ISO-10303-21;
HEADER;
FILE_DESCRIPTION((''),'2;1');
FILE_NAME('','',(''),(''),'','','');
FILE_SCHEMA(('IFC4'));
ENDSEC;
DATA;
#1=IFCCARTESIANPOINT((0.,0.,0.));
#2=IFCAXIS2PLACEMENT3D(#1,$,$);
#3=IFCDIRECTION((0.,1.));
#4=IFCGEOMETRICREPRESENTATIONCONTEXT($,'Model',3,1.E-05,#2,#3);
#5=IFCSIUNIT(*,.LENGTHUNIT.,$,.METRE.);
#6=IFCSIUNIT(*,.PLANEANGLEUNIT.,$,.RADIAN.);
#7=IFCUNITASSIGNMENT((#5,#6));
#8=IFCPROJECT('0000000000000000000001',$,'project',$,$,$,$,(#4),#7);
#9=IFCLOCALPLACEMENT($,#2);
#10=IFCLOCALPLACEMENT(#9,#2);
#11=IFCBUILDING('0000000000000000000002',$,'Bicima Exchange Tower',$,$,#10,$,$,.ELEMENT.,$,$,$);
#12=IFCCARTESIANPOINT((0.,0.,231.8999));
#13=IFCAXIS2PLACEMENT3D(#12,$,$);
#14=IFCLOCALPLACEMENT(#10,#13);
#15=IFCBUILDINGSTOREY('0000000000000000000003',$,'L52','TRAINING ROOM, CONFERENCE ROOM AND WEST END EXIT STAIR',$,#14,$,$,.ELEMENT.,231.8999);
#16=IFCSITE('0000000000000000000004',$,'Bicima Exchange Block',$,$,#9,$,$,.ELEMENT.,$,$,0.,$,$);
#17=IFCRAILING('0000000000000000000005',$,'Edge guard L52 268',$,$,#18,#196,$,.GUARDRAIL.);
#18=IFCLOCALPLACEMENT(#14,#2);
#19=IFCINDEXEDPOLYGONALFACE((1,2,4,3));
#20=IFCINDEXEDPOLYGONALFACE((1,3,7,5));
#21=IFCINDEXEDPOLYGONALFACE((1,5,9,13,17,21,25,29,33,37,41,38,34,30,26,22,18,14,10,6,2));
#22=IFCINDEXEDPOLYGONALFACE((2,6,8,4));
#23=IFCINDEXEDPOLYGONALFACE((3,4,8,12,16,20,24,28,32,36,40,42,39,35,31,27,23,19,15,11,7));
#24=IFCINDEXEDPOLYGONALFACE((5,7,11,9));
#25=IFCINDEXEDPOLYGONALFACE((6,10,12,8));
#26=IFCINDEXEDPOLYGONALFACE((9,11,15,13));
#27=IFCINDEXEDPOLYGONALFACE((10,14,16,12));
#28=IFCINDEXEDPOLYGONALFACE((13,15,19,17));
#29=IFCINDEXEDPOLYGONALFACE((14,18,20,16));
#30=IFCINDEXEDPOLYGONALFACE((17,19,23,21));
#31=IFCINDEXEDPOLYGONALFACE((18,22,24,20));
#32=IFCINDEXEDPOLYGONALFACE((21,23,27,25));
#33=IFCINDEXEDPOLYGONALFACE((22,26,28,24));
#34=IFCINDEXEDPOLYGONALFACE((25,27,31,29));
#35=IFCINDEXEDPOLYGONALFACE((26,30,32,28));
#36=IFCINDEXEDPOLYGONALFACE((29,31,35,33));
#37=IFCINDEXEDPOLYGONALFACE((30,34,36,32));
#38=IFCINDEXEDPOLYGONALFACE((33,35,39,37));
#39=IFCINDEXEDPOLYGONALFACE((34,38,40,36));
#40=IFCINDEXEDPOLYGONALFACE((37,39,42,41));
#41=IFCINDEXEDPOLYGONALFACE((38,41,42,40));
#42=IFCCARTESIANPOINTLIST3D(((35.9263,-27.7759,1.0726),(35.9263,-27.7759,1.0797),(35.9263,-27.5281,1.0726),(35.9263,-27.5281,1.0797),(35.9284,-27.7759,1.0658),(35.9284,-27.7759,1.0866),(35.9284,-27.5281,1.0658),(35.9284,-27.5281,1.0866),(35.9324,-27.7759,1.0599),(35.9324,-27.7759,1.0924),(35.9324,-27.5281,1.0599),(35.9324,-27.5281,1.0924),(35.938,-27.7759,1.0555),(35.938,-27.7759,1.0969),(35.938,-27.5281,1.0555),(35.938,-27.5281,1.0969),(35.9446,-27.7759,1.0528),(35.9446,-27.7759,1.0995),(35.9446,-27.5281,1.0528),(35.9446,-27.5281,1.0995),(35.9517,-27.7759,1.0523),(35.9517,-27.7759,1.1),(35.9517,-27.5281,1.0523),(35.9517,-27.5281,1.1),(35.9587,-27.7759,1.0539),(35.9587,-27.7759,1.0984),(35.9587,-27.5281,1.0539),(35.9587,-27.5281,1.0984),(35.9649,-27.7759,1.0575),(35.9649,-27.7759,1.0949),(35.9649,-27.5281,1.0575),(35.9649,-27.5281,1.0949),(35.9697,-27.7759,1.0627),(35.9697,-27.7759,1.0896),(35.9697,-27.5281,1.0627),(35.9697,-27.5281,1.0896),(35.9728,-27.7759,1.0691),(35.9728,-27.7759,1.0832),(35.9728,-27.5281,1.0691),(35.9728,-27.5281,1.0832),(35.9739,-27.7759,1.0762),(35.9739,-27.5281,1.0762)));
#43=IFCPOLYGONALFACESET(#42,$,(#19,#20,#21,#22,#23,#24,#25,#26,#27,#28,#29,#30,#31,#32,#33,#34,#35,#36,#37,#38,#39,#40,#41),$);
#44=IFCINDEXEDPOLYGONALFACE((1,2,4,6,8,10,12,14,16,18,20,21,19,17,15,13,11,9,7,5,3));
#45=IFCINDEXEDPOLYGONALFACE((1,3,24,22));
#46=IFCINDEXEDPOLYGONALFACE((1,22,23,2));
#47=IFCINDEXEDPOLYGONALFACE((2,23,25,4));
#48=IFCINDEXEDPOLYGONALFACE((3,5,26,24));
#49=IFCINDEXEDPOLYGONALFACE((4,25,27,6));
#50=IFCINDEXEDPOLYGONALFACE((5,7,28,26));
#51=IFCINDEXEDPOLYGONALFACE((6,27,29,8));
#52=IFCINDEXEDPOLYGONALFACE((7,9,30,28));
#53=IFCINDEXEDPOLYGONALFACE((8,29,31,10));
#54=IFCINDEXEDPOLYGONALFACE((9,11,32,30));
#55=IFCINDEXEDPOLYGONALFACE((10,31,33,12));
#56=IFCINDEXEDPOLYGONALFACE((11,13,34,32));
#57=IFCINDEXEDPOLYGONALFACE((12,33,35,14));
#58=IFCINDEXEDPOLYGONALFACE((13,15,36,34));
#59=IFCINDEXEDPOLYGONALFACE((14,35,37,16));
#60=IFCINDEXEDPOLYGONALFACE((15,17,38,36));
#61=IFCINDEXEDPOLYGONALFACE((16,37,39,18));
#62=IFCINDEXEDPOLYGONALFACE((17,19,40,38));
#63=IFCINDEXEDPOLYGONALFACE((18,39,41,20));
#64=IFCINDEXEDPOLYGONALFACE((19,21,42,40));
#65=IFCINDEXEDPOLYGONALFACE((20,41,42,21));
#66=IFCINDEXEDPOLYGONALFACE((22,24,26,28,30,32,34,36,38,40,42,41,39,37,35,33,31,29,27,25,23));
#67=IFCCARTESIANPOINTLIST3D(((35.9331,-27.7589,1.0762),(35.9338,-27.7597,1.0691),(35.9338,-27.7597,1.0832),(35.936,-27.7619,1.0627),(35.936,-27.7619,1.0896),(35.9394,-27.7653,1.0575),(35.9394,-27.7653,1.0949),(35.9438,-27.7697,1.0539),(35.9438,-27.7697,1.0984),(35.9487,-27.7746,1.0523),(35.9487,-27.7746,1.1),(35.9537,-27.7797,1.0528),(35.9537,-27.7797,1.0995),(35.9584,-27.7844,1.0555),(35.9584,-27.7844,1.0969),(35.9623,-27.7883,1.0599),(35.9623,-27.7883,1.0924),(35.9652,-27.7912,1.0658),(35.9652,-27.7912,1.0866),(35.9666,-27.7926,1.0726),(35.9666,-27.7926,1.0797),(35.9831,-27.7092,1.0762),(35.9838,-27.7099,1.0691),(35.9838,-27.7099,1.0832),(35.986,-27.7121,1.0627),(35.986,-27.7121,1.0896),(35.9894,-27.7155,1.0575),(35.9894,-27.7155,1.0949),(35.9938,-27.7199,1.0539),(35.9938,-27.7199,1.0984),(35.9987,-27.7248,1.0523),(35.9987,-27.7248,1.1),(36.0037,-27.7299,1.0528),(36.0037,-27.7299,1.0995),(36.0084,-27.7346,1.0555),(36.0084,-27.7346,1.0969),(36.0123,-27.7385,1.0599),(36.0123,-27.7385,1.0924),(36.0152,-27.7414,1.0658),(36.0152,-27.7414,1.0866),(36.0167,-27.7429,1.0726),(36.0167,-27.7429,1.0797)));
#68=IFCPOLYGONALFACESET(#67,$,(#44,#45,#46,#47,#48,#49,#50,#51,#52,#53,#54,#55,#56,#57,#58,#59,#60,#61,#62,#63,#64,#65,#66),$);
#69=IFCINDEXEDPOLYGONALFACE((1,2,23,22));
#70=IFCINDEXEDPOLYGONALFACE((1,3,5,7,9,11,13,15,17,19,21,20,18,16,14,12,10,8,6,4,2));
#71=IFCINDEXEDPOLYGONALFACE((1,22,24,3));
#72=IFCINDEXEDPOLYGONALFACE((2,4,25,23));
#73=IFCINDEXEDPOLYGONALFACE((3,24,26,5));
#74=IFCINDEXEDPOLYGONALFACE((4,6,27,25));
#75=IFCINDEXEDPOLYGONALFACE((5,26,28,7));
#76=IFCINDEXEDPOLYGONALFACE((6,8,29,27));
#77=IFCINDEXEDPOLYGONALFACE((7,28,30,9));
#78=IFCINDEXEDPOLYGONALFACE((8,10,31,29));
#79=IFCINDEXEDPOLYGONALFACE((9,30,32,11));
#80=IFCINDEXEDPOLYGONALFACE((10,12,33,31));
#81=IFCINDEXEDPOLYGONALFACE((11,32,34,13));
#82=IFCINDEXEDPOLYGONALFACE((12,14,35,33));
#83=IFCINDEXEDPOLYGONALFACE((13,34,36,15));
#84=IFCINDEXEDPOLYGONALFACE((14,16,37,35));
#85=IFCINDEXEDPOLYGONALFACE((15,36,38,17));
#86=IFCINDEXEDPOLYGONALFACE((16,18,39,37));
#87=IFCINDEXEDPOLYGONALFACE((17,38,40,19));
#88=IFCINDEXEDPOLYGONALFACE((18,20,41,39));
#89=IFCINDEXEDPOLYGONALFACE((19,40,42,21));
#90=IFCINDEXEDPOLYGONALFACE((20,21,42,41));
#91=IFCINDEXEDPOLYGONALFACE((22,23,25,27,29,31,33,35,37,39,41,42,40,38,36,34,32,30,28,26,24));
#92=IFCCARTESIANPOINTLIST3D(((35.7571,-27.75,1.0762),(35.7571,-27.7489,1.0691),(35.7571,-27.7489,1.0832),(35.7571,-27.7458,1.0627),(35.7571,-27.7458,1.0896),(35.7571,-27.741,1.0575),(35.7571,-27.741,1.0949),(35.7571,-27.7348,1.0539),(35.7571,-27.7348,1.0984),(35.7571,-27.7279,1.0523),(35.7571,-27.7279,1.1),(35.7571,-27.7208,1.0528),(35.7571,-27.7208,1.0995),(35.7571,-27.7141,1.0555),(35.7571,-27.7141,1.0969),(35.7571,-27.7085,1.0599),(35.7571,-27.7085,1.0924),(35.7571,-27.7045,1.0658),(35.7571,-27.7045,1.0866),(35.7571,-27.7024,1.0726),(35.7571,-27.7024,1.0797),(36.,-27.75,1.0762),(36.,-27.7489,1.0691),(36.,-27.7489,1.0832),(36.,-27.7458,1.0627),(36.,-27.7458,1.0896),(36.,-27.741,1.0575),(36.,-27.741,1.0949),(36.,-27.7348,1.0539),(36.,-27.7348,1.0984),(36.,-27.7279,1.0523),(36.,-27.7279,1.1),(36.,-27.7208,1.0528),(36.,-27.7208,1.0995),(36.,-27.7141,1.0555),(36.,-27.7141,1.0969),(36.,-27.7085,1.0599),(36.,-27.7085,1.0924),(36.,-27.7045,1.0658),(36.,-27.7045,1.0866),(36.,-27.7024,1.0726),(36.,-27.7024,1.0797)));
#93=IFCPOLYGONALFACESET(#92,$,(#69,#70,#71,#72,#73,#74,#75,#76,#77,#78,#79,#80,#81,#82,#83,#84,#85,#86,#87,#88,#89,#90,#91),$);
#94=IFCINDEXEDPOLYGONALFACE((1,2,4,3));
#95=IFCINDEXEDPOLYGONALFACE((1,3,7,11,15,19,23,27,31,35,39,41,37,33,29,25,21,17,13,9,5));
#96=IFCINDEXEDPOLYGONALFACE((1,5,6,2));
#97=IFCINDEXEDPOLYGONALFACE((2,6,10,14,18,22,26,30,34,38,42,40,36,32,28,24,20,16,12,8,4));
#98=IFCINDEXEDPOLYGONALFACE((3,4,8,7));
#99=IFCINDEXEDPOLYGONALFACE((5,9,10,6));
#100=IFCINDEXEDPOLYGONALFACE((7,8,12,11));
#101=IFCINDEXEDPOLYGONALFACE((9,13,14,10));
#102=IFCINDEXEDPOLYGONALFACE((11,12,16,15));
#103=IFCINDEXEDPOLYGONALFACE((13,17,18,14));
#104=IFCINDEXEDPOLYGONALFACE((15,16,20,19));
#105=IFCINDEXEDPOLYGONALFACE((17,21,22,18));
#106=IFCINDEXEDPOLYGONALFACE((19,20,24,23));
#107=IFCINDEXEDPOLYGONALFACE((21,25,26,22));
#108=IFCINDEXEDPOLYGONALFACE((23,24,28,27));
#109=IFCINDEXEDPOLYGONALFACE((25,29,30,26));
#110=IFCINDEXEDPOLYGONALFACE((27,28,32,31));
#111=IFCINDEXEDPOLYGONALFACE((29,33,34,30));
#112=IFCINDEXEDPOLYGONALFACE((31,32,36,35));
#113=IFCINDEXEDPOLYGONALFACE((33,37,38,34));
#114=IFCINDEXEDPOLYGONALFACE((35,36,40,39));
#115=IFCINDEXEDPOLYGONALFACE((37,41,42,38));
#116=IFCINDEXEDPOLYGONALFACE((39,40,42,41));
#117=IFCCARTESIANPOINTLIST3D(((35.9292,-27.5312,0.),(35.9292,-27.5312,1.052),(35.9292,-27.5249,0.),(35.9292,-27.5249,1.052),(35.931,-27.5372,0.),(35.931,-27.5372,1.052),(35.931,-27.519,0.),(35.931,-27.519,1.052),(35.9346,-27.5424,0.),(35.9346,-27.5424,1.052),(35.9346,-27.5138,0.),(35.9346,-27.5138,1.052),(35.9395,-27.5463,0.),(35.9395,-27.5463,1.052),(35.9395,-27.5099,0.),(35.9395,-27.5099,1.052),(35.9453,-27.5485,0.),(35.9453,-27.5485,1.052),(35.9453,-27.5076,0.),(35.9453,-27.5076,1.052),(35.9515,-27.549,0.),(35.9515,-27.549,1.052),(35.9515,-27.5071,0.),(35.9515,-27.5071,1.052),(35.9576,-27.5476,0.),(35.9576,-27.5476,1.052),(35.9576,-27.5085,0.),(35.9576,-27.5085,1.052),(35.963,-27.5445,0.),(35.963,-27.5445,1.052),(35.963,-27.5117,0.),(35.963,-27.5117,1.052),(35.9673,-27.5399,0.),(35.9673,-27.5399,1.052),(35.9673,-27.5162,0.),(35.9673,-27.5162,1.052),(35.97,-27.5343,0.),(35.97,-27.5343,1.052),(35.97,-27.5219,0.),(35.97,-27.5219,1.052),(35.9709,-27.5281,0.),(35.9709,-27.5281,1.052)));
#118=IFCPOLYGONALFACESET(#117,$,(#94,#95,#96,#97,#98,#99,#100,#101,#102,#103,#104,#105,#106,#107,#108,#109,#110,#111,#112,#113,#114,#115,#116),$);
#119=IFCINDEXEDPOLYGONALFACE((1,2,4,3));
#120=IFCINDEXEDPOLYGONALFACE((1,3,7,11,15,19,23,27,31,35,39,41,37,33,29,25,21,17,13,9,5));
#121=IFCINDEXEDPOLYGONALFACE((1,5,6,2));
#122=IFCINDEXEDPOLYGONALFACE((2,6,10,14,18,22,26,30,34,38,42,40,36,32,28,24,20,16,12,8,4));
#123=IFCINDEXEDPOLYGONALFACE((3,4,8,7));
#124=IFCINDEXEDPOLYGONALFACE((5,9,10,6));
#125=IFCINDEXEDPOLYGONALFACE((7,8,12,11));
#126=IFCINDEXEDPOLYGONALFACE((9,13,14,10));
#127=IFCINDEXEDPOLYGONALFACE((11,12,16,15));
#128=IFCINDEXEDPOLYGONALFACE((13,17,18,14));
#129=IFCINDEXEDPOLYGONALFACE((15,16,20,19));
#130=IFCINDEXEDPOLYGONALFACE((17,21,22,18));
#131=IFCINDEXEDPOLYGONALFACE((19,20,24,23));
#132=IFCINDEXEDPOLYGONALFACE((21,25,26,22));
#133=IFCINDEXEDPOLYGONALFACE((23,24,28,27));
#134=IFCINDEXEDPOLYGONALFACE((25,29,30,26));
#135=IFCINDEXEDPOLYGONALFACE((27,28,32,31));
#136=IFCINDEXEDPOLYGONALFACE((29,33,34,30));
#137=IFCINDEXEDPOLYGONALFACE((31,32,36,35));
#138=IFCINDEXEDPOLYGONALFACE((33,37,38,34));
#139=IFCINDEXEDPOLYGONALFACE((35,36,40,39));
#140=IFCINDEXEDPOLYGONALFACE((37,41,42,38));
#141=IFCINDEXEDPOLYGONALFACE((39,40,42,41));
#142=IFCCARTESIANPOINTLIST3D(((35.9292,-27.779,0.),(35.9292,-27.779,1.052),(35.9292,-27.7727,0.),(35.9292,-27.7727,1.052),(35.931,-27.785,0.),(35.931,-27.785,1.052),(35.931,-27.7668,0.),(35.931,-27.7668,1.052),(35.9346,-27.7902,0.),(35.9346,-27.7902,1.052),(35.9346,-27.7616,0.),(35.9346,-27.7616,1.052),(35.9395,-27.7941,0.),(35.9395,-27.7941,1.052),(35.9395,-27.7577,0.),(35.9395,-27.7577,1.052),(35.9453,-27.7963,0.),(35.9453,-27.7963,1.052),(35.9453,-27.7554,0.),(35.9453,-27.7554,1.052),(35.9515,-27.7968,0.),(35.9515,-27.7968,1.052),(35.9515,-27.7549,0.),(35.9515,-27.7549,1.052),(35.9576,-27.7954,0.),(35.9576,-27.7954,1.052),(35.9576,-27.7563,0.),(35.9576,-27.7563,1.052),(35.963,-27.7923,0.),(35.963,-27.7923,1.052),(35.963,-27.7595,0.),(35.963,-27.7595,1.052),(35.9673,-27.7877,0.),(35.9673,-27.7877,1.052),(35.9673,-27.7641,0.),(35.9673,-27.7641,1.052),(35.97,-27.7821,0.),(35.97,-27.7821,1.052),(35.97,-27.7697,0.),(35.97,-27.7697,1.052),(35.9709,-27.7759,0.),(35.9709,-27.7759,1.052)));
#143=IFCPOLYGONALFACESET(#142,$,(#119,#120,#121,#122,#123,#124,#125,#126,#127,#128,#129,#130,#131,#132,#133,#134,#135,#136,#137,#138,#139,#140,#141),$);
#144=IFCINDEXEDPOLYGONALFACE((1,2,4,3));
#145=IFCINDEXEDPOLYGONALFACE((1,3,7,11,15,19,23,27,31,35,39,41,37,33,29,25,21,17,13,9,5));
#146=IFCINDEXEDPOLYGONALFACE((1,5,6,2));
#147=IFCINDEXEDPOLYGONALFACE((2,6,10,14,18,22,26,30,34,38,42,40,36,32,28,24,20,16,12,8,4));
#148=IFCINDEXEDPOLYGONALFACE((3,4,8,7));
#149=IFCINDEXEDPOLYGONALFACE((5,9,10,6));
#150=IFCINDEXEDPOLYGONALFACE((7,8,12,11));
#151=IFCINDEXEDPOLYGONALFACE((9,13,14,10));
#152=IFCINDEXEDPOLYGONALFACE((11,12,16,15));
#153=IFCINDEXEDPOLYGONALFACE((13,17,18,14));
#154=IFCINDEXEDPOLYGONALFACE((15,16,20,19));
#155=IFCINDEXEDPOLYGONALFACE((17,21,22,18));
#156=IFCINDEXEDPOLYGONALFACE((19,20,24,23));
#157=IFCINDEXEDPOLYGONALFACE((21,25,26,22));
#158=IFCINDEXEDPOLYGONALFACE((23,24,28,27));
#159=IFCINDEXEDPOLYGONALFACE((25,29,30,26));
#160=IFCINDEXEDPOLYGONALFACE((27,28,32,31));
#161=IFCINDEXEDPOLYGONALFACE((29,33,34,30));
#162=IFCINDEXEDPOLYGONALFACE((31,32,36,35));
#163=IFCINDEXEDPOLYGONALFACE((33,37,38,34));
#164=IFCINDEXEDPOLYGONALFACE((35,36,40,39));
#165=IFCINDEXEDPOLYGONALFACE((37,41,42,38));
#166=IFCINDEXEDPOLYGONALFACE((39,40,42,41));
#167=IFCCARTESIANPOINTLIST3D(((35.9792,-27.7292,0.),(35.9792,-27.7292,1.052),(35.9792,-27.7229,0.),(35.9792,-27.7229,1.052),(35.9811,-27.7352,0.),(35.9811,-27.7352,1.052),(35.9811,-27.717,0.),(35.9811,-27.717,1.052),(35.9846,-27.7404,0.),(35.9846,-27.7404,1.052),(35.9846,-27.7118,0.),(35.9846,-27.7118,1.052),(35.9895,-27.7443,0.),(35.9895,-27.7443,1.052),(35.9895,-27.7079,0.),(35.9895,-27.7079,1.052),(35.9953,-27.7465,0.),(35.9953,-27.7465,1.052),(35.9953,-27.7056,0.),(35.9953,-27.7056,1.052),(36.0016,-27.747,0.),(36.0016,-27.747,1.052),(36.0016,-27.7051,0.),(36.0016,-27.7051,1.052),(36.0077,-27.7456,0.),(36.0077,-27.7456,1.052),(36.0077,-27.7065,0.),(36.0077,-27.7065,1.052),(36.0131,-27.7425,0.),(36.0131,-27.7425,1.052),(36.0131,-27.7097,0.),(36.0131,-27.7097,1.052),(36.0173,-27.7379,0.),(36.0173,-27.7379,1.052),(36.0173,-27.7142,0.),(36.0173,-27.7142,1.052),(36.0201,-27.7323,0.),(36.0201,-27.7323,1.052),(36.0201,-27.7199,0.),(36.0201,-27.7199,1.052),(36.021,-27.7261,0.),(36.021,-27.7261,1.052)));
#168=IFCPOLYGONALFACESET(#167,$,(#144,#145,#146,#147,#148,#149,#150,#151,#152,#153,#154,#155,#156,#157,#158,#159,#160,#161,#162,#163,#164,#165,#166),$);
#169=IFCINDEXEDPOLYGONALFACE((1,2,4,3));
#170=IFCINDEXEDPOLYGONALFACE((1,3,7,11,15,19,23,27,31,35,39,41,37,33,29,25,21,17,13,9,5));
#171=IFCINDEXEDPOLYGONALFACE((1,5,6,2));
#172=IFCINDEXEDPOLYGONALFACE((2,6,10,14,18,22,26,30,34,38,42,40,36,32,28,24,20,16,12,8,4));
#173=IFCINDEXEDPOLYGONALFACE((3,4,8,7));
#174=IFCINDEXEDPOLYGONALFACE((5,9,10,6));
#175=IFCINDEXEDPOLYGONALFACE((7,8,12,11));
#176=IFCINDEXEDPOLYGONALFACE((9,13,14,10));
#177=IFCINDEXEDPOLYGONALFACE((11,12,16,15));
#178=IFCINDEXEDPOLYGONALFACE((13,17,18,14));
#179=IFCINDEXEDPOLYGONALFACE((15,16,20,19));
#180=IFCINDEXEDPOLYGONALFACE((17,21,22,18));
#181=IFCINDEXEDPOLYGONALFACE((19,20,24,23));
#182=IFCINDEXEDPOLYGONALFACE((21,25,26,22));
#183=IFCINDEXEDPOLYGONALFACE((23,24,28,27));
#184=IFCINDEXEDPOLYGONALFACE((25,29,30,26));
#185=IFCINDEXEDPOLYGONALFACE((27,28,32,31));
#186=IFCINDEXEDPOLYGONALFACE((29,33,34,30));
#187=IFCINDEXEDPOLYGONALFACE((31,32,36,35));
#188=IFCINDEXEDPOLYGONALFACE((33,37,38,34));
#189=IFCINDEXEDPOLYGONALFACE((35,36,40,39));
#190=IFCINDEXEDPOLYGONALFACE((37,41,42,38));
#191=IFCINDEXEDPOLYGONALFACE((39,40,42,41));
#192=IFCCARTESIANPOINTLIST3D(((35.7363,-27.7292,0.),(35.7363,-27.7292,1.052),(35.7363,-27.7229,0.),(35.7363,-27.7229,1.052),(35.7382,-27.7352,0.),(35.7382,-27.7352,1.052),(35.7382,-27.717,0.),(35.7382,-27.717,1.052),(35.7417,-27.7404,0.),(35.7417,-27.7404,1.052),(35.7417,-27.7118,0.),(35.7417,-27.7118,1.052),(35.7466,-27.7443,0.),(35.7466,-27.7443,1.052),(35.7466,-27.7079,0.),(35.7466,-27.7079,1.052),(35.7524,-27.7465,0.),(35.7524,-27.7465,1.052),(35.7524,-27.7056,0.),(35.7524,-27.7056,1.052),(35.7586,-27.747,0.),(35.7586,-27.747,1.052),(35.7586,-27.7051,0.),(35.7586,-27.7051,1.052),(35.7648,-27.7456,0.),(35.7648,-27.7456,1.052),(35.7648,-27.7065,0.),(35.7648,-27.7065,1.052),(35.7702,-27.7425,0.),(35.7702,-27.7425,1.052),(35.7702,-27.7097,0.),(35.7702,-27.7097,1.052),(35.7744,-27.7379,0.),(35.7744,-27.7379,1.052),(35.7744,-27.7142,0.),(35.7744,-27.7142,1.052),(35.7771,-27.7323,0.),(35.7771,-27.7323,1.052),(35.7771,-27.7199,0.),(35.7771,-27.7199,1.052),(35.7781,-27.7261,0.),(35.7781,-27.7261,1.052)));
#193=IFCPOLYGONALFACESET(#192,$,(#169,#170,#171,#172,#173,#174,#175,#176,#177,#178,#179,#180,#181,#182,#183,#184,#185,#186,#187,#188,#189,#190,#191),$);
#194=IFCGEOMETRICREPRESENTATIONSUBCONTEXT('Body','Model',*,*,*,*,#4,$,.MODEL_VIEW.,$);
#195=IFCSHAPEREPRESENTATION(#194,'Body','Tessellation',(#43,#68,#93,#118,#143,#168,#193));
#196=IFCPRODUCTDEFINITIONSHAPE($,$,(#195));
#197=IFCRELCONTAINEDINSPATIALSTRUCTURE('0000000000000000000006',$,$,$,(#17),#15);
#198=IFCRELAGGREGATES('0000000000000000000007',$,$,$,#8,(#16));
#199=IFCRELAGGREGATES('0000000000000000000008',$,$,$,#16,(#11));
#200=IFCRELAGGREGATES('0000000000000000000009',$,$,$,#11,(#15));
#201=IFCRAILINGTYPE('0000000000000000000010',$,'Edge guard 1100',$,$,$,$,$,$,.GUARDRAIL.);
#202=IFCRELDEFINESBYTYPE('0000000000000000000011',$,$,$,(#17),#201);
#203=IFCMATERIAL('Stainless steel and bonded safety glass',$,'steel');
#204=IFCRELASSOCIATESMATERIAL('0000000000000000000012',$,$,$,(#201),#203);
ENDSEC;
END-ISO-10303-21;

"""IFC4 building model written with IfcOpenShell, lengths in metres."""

from ifc_helpers import new_model, si_unit, direction, frame, origin, origin_2d, place, context, subcontext, project, spatial, circle, extrude, material, type_object, element, save


model = new_model("IFC4")

# Units and contexts
model_context = context("Model", 3, precision=1e-05, world=origin(), true_north=direction((0.0, 1.0)))
body_context = subcontext(model_context, "Body", "Model", "MODEL_VIEW")
ifc_project = project(units=[si_unit("LENGTHUNIT", "METRE"), si_unit("PLANEANGLEUNIT", "RADIAN")], contexts=[model_context])

# Site, building, storey
site_placement = place(None, origin())
site = spatial("IfcSite", under=ifc_project, at=site_placement, Name="Bicima Exchange Block", CompositionType="ELEMENT", RefElevation=0.0)
building_placement = place(site_placement, origin())
building = spatial("IfcBuilding", under=site, at=building_placement, Name="Bicima Exchange Tower", CompositionType="ELEMENT")
storey_placement = place(building_placement, frame((0.0, 0.0, 231.8999)))
storey = spatial("IfcBuildingStorey", under=building, at=storey_placement, Name="L52", Description="TRAINING ROOM, CONFERENCE ROOM AND WEST END EXIT STAIR", CompositionType="ELEMENT", Elevation=231.8999)

# Railing
ifc_material_1 = material(Name="Stainless steel and bonded safety glass", Category="steel")
railing_type = type_object("IfcRailingType", Name="Edge guard 1100", PredefinedType="GUARDRAIL", material=ifc_material_1)
railing_placement = place(storey_placement, frame((35.95, -27.5281, 0.0)))
element("IfcRailing", 1, at=railing_placement, inside=storey, type_object=railing_type, Name="Edge guard L52 268", PredefinedType="GUARDRAIL", context=body_context, shape_type="SweptSolid", body=[
    extrude(circle(Radius=0.0239, at=origin_2d()), frame((0.0, 0.0, 1.0762), z_axis=(0.0, -1.0, 0.0), x_axis=(1.0, 0.0, 0.0)), (0.0, 0.0, 1.0), 0.2478),
    extrude(circle(Radius=0.0239, at=origin_2d()), frame((0.0, -0.2478, 1.0762), z_axis=(0.708834, 0.705376, 0.0), x_axis=(-0.705376, 0.708834, 0.0)), (0.0, 0.0, 1.0), 0.0706),
    extrude(circle(Radius=0.0239, at=origin_2d()), frame((0.05, -0.198, 1.0762), z_axis=(-1.0, 0.0, 0.0), x_axis=(0.0, -1.0, 0.0)), (0.0, 0.0, 1.0), 0.2429),
    extrude(circle(Radius=0.021, at=origin_2d()), origin(), (0.0, 0.0, 1.0), 1.052),
    extrude(circle(Radius=0.021, at=origin_2d()), frame((0.0, -0.2478, 0.0)), (0.0, 0.0, 1.0), 1.052),
    extrude(circle(Radius=0.021, at=origin_2d()), frame((0.05, -0.198, 0.0)), (0.0, 0.0, 1.0), 1.052),
    extrude(circle(Radius=0.021, at=origin_2d()), frame((-0.1929, -0.198, 0.0)), (0.0, 0.0, 1.0), 1.052),
])

save(model, "model.ifc")
